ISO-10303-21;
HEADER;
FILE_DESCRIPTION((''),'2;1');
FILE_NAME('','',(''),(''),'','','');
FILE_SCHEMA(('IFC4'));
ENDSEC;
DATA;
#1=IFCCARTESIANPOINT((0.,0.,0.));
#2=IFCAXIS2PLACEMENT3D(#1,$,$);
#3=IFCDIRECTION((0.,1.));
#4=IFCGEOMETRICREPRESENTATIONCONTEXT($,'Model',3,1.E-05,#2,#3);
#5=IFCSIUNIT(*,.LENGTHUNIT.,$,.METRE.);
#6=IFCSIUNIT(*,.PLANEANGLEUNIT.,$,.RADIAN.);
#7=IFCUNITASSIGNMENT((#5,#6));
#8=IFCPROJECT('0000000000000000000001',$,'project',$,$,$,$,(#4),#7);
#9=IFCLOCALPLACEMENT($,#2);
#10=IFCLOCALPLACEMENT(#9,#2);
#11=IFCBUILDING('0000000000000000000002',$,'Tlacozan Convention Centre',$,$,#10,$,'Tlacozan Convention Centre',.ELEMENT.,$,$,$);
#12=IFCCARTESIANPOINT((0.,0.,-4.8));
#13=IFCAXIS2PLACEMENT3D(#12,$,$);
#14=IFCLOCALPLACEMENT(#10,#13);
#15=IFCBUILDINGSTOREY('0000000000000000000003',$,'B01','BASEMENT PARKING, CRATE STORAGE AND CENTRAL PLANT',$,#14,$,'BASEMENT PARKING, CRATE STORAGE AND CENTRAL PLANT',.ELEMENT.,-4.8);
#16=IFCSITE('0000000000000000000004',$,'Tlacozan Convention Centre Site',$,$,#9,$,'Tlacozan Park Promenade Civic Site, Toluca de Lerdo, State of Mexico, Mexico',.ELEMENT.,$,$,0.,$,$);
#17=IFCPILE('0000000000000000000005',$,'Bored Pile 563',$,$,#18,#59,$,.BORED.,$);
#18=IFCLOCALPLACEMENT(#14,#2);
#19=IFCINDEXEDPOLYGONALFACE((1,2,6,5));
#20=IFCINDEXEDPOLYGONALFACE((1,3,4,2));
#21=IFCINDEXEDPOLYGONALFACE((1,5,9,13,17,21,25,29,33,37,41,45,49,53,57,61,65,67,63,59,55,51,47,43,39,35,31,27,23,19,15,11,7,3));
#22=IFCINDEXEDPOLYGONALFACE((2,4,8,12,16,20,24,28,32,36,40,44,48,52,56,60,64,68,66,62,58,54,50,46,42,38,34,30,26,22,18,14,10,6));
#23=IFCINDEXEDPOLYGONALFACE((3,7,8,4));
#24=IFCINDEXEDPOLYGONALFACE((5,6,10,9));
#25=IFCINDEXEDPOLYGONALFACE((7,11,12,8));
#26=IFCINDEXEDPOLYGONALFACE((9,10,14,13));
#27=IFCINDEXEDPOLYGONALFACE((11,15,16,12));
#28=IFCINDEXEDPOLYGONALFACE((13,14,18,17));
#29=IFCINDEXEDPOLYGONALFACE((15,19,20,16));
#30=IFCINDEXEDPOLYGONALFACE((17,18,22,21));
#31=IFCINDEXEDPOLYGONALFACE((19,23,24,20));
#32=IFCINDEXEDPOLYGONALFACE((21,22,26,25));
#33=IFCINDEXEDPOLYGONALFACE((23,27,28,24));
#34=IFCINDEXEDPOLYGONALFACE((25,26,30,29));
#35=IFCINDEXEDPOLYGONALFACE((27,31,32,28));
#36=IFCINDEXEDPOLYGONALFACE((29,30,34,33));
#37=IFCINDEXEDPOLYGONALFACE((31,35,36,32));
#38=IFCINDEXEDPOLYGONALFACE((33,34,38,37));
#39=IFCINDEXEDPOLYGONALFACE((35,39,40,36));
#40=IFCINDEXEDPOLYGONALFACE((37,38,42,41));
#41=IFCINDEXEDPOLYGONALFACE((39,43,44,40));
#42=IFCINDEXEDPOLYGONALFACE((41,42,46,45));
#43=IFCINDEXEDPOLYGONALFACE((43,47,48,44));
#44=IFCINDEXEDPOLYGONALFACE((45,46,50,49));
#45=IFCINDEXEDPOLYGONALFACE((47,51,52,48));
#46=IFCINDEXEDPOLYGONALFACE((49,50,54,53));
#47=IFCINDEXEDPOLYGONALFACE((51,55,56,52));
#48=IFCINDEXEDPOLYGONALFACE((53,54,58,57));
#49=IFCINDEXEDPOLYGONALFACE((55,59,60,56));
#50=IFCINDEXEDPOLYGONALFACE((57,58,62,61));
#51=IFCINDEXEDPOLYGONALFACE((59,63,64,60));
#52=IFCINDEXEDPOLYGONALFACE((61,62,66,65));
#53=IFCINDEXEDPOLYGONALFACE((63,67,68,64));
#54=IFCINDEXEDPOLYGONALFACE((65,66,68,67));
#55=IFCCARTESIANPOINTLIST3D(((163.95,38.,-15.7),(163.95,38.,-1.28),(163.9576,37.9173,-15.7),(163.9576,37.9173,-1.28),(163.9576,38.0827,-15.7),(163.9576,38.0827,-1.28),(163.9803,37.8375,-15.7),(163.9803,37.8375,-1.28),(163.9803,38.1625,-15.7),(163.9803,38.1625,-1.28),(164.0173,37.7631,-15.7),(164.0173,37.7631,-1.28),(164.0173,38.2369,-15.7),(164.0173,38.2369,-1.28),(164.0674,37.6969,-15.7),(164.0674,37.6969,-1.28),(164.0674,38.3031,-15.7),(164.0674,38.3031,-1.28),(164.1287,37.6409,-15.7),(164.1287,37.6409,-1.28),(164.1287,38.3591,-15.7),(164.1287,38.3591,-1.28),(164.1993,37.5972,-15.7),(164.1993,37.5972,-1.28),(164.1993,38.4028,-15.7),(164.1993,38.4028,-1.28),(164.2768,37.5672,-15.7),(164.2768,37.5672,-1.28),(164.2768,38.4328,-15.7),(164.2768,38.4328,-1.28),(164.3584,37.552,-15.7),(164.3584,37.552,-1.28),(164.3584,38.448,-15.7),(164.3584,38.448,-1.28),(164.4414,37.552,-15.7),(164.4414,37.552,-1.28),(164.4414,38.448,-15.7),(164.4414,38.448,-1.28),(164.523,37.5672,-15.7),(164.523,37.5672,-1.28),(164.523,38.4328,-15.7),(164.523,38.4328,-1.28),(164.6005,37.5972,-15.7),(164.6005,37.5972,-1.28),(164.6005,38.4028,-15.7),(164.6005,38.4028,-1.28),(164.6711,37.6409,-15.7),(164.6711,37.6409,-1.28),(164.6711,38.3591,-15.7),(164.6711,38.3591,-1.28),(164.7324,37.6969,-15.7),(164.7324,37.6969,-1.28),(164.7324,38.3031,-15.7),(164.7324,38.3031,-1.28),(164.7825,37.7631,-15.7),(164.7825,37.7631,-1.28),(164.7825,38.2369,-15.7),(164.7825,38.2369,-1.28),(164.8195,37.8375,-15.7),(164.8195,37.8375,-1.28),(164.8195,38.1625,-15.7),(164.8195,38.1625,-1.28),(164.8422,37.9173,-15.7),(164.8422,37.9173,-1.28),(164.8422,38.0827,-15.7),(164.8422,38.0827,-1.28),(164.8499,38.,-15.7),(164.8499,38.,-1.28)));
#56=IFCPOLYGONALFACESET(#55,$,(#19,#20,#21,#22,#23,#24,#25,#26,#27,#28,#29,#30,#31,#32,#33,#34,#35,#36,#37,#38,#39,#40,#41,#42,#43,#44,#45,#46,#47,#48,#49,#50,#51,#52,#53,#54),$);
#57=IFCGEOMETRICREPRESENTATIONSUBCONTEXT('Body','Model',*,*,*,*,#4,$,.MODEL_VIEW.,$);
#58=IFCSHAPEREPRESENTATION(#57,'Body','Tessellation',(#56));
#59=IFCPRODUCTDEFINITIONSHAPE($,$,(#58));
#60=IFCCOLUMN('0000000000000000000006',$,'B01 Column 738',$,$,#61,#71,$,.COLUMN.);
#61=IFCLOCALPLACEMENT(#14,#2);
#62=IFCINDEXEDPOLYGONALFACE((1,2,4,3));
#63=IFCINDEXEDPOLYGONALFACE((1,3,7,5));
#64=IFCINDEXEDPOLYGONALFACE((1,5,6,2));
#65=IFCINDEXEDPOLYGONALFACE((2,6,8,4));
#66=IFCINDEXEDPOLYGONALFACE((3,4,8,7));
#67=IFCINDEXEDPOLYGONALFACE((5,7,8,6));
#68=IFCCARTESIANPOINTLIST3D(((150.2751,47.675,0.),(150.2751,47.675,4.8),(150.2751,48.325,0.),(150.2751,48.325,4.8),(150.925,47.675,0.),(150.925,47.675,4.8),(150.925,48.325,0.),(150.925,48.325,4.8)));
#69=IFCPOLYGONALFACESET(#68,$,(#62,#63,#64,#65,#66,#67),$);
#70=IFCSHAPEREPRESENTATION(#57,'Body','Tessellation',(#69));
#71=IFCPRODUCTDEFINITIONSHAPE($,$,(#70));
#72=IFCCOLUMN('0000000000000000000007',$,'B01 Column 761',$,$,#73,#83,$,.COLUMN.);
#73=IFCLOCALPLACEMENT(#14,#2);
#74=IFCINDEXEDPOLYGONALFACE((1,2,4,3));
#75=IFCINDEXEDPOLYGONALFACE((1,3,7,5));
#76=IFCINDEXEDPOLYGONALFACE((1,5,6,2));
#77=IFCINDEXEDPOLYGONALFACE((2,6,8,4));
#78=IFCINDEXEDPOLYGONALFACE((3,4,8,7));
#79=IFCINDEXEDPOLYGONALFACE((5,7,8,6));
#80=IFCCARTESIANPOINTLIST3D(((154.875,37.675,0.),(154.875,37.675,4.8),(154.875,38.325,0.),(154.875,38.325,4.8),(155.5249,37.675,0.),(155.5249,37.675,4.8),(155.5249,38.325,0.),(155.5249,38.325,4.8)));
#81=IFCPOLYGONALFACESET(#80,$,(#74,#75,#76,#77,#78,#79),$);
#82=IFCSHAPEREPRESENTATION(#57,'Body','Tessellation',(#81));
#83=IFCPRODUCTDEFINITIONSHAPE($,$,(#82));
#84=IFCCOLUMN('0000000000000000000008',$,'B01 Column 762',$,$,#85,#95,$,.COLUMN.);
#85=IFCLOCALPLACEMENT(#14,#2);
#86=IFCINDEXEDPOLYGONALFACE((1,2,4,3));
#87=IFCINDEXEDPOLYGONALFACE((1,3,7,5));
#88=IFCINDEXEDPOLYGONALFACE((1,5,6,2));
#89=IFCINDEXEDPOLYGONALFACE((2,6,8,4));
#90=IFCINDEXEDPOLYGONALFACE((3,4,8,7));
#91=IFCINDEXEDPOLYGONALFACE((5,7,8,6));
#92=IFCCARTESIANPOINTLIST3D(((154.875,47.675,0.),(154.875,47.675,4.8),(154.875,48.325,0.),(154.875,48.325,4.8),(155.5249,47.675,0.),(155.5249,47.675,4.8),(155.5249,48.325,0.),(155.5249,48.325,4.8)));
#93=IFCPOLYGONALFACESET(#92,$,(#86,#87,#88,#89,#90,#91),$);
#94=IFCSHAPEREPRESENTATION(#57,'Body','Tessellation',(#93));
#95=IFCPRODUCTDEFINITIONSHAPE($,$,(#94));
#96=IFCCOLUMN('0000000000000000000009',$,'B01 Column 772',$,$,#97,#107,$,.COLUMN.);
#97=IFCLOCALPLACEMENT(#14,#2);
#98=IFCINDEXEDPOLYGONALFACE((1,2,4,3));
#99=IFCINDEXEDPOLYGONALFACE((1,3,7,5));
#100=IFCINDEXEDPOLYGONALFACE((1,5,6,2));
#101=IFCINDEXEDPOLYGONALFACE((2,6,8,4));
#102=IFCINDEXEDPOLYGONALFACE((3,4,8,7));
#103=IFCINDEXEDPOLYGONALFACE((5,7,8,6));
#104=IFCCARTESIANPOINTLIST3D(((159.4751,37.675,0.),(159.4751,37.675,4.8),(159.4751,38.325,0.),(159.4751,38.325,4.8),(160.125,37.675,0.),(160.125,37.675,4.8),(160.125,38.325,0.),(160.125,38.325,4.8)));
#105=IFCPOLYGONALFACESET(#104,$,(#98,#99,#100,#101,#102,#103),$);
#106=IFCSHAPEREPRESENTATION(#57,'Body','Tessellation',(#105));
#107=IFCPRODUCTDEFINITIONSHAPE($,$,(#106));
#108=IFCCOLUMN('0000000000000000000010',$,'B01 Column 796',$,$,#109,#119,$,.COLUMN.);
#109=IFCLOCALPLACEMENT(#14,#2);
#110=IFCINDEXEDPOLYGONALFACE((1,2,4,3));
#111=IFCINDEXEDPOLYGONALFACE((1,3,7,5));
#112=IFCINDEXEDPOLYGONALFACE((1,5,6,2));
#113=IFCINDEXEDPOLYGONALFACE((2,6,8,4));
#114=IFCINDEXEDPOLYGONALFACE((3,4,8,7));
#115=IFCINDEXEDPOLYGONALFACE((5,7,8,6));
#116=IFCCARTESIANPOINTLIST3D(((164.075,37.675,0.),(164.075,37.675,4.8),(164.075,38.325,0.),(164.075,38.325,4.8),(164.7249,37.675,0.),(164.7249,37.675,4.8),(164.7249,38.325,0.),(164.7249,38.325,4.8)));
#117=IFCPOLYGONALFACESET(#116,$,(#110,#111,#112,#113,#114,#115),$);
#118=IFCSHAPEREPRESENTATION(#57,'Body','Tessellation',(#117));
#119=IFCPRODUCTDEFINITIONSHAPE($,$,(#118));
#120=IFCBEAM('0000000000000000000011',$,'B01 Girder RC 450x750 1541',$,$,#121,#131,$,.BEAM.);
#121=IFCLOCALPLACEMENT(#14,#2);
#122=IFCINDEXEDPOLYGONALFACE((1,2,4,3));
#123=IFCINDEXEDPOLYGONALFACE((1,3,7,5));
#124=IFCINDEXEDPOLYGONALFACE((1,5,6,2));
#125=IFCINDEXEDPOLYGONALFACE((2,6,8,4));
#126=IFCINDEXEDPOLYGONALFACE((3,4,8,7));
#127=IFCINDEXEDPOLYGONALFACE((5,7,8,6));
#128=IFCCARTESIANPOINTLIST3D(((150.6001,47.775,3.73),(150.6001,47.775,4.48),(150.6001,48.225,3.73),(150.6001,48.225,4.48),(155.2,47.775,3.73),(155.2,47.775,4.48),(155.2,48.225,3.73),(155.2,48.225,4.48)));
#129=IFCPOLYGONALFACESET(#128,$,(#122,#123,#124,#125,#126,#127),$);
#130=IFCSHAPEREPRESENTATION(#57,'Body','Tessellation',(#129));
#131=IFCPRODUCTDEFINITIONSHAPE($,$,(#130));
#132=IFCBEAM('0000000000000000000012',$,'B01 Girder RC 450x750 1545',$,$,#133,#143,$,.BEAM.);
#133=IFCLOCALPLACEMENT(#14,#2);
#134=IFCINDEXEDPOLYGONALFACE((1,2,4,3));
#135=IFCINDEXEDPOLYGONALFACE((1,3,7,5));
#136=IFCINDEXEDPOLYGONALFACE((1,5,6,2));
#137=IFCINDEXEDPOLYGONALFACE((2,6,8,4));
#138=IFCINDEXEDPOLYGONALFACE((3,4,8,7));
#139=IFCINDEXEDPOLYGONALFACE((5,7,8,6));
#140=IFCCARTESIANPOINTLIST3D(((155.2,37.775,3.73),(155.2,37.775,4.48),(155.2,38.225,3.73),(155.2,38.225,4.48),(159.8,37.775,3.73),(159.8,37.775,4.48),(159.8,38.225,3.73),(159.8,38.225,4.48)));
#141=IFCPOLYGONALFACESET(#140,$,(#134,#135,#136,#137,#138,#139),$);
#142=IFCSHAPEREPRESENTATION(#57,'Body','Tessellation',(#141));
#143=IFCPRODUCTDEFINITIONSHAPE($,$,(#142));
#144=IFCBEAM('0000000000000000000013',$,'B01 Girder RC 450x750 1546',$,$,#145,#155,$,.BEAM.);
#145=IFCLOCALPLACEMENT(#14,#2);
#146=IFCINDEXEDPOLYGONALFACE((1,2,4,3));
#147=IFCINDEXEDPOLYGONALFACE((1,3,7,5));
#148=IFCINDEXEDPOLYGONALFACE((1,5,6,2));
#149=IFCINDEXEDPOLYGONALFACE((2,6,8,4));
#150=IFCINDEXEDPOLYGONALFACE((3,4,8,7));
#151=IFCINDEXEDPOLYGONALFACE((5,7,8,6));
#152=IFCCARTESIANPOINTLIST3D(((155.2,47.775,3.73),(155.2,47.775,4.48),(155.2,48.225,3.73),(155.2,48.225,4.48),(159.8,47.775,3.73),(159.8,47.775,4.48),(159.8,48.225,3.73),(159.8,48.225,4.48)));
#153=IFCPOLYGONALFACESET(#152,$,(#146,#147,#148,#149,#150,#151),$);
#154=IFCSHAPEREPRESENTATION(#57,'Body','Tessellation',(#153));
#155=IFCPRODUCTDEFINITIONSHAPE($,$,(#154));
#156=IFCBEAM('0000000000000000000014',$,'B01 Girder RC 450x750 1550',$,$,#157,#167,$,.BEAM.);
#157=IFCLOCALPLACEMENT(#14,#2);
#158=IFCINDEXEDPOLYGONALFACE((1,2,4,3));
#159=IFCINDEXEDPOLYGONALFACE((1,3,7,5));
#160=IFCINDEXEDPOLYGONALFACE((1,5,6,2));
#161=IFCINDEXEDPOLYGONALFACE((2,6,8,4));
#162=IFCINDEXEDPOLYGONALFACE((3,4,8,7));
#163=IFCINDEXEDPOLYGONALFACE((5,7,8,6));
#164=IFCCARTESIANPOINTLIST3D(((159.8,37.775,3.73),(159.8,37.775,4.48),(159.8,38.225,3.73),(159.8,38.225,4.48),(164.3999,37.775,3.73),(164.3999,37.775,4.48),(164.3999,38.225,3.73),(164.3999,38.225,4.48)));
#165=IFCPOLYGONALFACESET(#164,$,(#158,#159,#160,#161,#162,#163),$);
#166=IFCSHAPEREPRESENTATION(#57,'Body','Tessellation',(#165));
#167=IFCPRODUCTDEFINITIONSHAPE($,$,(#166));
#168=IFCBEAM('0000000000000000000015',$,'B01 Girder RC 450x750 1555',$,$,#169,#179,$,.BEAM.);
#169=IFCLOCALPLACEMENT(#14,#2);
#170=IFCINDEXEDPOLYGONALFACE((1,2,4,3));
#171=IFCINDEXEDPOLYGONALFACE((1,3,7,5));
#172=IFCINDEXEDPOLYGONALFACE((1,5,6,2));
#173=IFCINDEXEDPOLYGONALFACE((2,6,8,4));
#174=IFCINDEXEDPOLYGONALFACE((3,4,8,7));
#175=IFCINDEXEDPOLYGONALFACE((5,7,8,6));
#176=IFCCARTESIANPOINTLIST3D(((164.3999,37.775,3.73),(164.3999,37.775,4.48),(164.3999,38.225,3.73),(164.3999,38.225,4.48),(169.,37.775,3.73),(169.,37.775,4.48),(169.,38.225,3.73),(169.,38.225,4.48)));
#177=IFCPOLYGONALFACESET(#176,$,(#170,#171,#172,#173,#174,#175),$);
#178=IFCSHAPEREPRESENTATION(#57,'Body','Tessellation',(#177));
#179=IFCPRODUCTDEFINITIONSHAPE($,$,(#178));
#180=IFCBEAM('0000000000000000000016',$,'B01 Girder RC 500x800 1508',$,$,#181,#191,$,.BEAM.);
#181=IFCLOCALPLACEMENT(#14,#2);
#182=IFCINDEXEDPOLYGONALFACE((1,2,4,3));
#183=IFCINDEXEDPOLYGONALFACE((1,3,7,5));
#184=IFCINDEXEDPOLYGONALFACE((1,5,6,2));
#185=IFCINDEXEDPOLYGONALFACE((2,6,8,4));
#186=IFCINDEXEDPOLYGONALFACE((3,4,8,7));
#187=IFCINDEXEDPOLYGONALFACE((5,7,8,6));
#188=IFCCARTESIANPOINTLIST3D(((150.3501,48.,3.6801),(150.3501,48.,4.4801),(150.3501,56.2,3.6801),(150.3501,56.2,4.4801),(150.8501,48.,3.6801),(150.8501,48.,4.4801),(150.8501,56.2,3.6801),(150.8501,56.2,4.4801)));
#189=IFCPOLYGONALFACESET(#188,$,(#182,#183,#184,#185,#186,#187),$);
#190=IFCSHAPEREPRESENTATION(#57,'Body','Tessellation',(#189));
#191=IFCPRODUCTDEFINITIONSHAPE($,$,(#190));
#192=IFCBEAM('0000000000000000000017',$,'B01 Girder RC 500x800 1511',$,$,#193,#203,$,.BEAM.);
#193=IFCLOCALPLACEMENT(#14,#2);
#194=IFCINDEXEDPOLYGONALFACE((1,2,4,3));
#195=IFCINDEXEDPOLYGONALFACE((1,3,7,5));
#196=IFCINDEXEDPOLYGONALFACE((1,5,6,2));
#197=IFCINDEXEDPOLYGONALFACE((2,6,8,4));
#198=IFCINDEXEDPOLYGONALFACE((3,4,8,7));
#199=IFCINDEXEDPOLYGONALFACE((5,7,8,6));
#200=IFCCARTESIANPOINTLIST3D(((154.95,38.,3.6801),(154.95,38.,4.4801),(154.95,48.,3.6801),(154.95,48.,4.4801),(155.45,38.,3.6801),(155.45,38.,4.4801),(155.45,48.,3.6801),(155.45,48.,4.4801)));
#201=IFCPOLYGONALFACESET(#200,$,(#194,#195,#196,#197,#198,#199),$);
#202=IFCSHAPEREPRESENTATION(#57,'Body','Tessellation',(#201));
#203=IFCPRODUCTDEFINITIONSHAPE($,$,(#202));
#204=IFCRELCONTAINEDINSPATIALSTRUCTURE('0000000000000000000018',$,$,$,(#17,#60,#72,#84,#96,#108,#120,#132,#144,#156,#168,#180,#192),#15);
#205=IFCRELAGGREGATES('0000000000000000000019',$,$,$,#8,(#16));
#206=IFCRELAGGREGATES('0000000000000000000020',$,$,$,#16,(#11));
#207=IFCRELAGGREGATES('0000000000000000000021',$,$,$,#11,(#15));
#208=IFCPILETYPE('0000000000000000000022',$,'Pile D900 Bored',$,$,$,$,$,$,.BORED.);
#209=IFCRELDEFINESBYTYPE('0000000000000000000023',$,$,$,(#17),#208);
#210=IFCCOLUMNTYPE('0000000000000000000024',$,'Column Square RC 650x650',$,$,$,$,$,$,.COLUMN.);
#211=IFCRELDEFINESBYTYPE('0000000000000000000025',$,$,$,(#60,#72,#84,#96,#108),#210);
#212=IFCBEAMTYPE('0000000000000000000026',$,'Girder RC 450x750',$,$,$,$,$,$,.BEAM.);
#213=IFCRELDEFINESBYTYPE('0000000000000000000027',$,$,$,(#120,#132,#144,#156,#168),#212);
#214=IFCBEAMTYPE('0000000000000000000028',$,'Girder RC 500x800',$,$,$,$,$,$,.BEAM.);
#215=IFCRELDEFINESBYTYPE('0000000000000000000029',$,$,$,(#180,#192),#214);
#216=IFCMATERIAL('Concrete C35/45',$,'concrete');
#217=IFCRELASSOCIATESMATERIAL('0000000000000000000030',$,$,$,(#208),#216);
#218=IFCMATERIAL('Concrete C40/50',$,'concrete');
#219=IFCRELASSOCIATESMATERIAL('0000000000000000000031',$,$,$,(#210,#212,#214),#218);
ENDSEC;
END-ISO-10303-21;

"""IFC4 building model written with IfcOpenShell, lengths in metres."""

from ifc_helpers import new_model, si_unit, direction, frame, origin, origin_2d, place, context, subcontext, project, spatial, rectangle, circle, extrude, material, material_profile, profile_set, type_object, element, save


model = new_model("IFC4")

# Units and contexts
model_context = context("Model", 3, precision=1e-05, world=origin(), true_north=direction((0.0, 1.0)))
body_context = subcontext(model_context, "Body", "Model", "MODEL_VIEW")
ifc_project = project(units=[si_unit("LENGTHUNIT", "METRE"), si_unit("PLANEANGLEUNIT", "RADIAN")], contexts=[model_context])

# Site, building, storey
site_placement = place(None, origin())
site = spatial("IfcSite", under=ifc_project, at=site_placement, Name="Tlacozan Convention Centre Site", LongName="Tlacozan Park Promenade Civic Site, Toluca de Lerdo, State of Mexico, Mexico", CompositionType="ELEMENT", RefElevation=0.0)
building_placement = place(site_placement, origin())
building = spatial("IfcBuilding", under=site, at=building_placement, Name="Tlacozan Convention Centre", LongName="Tlacozan Convention Centre", CompositionType="ELEMENT")
storey_placement = place(building_placement, frame((0.0, 0.0, -4.8)))
storey = spatial("IfcBuildingStorey", under=building, at=storey_placement, Name="B01", Description="BASEMENT PARKING, CRATE STORAGE AND CENTRAL PLANT", LongName="BASEMENT PARKING, CRATE STORAGE AND CENTRAL PLANT", CompositionType="ELEMENT", Elevation=-4.8)

# Shared definitions
ifc_material_1 = material(Name="Concrete C35/45", Category="concrete")

# Pile
ifc_material_profile_1 = material_profile(ifc_material_1, circle(Radius=0.45, at=origin_2d()), Name="PILE D900")
ifc_profile_set_1 = profile_set([ifc_material_profile_1], Name="Concrete C35/45")
pile_type = type_object("IfcPileType", Name="Pile D900 Bored", PredefinedType="BORED", material=ifc_profile_set_1)
for number, where, z_axis, x_axis, name in (
    (1, (164.3999, 38.0, -1.28), (0.0, 0.0, -1.0), (1.0, 0.0, 0.0), "Bored Pile 563"),
):
    element("IfcPile", number, at=place(storey_placement, frame(where, z_axis=z_axis, x_axis=x_axis)), inside=storey, type_object=pile_type, Name=name, PredefinedType="BORED", context=body_context, shape_type="SweptSolid", body=[
        extrude(circle(Radius=0.45, at=origin_2d()), origin(), (0.0, 0.0, 1.0), 14.4199),
    ])

# Columns
ifc_material_2 = material(Name="Concrete C40/50", Category="concrete")
ifc_material_profile_2 = material_profile(ifc_material_2, rectangle(XDim=0.6499, YDim=0.6499, at=origin_2d()), Name="RC 650x650")
ifc_profile_set_2 = profile_set([ifc_material_profile_2], Name="Concrete C40/50")
column_type = type_object("IfcColumnType", Name="Column Square RC 650x650", PredefinedType="COLUMN", material=ifc_profile_set_2)
for number, where, z_axis, x_axis, name in (
    (2, (150.6001, 48.0, 0.0), (0.0, 0.0, 1.0), (1.0, 0.0, 0.0), "B01 Column 738"),
    (3, (155.2, 38.0, 0.0), (0.0, 0.0, 1.0), (1.0, 0.0, 0.0), "B01 Column 761"),
    (4, (155.2, 48.0, 0.0), (0.0, 0.0, 1.0), (1.0, 0.0, 0.0), "B01 Column 762"),
    (5, (159.8, 38.0, 0.0), (0.0, 0.0, 1.0), (1.0, 0.0, 0.0), "B01 Column 772"),
    (6, (164.3999, 38.0, 0.0), (0.0, 0.0, 1.0), (1.0, 0.0, 0.0), "B01 Column 796"),
):
    element("IfcColumn", number, at=place(storey_placement, frame(where, z_axis=z_axis, x_axis=x_axis)), inside=storey, type_object=column_type, Name=name, PredefinedType="COLUMN", context=body_context, shape_type="SweptSolid", body=[
        extrude(rectangle(XDim=0.6499, YDim=0.6499, at=origin_2d()), origin(), (0.0, 0.0, 1.0), 4.8),
    ])

# Beams
ifc_material_profile_3 = material_profile(ifc_material_2, rectangle(XDim=0.45, YDim=0.75, at=origin_2d()), Name="RC 450x750")
ifc_profile_set_3 = profile_set([ifc_material_profile_3], Name="Concrete C40/50")
beam_type_1 = type_object("IfcBeamType", Name="Girder RC 450x750", PredefinedType="BEAM", material=ifc_profile_set_3)
beam_1_placement = place(storey_placement, frame((150.6001, 48.0, 4.105), z_axis=(1.0, 0.0, 0.0), x_axis=(0.0, 1.0, 0.0)))
element("IfcBeam", 7, at=beam_1_placement, inside=storey, type_object=beam_type_1, Name="B01 Girder RC 450x750 1541", PredefinedType="BEAM", context=body_context, shape_type="SweptSolid", body=[
    extrude(rectangle(XDim=0.45, YDim=0.75, at=origin_2d()), origin(), (0.0, 0.0, 1.0), 4.5999),
])
for number, where, z_axis, x_axis, name in (
    (8, (155.2, 38.0, 4.105), (1.0, 0.0, 0.0), (0.0, 1.0, 0.0), "B01 Girder RC 450x750 1545"),
    (9, (155.2, 48.0, 4.105), (1.0, 0.0, 0.0), (0.0, 1.0, 0.0), "B01 Girder RC 450x750 1546"),
):
    element("IfcBeam", number, at=place(storey_placement, frame(where, z_axis=z_axis, x_axis=x_axis)), inside=storey, type_object=beam_type_1, Name=name, PredefinedType="BEAM", context=body_context, shape_type="SweptSolid", body=[
        extrude(rectangle(XDim=0.45, YDim=0.75, at=origin_2d()), origin(), (0.0, 0.0, 1.0), 4.6001),
    ])
beam_2_placement = place(storey_placement, frame((159.8, 38.0, 4.105), z_axis=(1.0, 0.0, 0.0), x_axis=(0.0, 1.0, 0.0)))
element("IfcBeam", 10, at=beam_2_placement, inside=storey, type_object=beam_type_1, Name="B01 Girder RC 450x750 1550", PredefinedType="BEAM", context=body_context, shape_type="SweptSolid", body=[
    extrude(rectangle(XDim=0.45, YDim=0.75, at=origin_2d()), origin(), (0.0, 0.0, 1.0), 4.5999),
])
beam_3_placement = place(storey_placement, frame((164.3999, 38.0, 4.105), z_axis=(1.0, 0.0, 0.0), x_axis=(0.0, 1.0, 0.0)))
element("IfcBeam", 11, at=beam_3_placement, inside=storey, type_object=beam_type_1, Name="B01 Girder RC 450x750 1555", PredefinedType="BEAM", context=body_context, shape_type="SweptSolid", body=[
    extrude(rectangle(XDim=0.45, YDim=0.75, at=origin_2d()), origin(), (0.0, 0.0, 1.0), 4.6001),
])
ifc_material_profile_4 = material_profile(ifc_material_2, rectangle(XDim=0.5, YDim=0.8, at=origin_2d()), Name="RC 500x800")
ifc_profile_set_4 = profile_set([ifc_material_profile_4], Name="Concrete C40/50")
beam_type_2 = type_object("IfcBeamType", Name="Girder RC 500x800", PredefinedType="BEAM", material=ifc_profile_set_4)
beam_4_placement = place(storey_placement, frame((150.6001, 48.0, 4.0801), z_axis=(0.0, 1.0, 0.0), x_axis=(-1.0, 0.0, 0.0)))
element("IfcBeam", 12, at=beam_4_placement, inside=storey, type_object=beam_type_2, Name="B01 Girder RC 500x800 1508", PredefinedType="BEAM", context=body_context, shape_type="SweptSolid", body=[
    extrude(rectangle(XDim=0.5, YDim=0.8, at=origin_2d()), origin(), (0.0, 0.0, 1.0), 8.2),
])
beam_5_placement = place(storey_placement, frame((155.2, 38.0, 4.0801), z_axis=(0.0, 1.0, 0.0), x_axis=(-1.0, 0.0, 0.0)))
element("IfcBeam", 13, at=beam_5_placement, inside=storey, type_object=beam_type_2, Name="B01 Girder RC 500x800 1511", PredefinedType="BEAM", context=body_context, shape_type="SweptSolid", body=[
    extrude(rectangle(XDim=0.5, YDim=0.8, at=origin_2d()), origin(), (0.0, 0.0, 1.0), 10.0),
])

save(model, "model.ifc")
